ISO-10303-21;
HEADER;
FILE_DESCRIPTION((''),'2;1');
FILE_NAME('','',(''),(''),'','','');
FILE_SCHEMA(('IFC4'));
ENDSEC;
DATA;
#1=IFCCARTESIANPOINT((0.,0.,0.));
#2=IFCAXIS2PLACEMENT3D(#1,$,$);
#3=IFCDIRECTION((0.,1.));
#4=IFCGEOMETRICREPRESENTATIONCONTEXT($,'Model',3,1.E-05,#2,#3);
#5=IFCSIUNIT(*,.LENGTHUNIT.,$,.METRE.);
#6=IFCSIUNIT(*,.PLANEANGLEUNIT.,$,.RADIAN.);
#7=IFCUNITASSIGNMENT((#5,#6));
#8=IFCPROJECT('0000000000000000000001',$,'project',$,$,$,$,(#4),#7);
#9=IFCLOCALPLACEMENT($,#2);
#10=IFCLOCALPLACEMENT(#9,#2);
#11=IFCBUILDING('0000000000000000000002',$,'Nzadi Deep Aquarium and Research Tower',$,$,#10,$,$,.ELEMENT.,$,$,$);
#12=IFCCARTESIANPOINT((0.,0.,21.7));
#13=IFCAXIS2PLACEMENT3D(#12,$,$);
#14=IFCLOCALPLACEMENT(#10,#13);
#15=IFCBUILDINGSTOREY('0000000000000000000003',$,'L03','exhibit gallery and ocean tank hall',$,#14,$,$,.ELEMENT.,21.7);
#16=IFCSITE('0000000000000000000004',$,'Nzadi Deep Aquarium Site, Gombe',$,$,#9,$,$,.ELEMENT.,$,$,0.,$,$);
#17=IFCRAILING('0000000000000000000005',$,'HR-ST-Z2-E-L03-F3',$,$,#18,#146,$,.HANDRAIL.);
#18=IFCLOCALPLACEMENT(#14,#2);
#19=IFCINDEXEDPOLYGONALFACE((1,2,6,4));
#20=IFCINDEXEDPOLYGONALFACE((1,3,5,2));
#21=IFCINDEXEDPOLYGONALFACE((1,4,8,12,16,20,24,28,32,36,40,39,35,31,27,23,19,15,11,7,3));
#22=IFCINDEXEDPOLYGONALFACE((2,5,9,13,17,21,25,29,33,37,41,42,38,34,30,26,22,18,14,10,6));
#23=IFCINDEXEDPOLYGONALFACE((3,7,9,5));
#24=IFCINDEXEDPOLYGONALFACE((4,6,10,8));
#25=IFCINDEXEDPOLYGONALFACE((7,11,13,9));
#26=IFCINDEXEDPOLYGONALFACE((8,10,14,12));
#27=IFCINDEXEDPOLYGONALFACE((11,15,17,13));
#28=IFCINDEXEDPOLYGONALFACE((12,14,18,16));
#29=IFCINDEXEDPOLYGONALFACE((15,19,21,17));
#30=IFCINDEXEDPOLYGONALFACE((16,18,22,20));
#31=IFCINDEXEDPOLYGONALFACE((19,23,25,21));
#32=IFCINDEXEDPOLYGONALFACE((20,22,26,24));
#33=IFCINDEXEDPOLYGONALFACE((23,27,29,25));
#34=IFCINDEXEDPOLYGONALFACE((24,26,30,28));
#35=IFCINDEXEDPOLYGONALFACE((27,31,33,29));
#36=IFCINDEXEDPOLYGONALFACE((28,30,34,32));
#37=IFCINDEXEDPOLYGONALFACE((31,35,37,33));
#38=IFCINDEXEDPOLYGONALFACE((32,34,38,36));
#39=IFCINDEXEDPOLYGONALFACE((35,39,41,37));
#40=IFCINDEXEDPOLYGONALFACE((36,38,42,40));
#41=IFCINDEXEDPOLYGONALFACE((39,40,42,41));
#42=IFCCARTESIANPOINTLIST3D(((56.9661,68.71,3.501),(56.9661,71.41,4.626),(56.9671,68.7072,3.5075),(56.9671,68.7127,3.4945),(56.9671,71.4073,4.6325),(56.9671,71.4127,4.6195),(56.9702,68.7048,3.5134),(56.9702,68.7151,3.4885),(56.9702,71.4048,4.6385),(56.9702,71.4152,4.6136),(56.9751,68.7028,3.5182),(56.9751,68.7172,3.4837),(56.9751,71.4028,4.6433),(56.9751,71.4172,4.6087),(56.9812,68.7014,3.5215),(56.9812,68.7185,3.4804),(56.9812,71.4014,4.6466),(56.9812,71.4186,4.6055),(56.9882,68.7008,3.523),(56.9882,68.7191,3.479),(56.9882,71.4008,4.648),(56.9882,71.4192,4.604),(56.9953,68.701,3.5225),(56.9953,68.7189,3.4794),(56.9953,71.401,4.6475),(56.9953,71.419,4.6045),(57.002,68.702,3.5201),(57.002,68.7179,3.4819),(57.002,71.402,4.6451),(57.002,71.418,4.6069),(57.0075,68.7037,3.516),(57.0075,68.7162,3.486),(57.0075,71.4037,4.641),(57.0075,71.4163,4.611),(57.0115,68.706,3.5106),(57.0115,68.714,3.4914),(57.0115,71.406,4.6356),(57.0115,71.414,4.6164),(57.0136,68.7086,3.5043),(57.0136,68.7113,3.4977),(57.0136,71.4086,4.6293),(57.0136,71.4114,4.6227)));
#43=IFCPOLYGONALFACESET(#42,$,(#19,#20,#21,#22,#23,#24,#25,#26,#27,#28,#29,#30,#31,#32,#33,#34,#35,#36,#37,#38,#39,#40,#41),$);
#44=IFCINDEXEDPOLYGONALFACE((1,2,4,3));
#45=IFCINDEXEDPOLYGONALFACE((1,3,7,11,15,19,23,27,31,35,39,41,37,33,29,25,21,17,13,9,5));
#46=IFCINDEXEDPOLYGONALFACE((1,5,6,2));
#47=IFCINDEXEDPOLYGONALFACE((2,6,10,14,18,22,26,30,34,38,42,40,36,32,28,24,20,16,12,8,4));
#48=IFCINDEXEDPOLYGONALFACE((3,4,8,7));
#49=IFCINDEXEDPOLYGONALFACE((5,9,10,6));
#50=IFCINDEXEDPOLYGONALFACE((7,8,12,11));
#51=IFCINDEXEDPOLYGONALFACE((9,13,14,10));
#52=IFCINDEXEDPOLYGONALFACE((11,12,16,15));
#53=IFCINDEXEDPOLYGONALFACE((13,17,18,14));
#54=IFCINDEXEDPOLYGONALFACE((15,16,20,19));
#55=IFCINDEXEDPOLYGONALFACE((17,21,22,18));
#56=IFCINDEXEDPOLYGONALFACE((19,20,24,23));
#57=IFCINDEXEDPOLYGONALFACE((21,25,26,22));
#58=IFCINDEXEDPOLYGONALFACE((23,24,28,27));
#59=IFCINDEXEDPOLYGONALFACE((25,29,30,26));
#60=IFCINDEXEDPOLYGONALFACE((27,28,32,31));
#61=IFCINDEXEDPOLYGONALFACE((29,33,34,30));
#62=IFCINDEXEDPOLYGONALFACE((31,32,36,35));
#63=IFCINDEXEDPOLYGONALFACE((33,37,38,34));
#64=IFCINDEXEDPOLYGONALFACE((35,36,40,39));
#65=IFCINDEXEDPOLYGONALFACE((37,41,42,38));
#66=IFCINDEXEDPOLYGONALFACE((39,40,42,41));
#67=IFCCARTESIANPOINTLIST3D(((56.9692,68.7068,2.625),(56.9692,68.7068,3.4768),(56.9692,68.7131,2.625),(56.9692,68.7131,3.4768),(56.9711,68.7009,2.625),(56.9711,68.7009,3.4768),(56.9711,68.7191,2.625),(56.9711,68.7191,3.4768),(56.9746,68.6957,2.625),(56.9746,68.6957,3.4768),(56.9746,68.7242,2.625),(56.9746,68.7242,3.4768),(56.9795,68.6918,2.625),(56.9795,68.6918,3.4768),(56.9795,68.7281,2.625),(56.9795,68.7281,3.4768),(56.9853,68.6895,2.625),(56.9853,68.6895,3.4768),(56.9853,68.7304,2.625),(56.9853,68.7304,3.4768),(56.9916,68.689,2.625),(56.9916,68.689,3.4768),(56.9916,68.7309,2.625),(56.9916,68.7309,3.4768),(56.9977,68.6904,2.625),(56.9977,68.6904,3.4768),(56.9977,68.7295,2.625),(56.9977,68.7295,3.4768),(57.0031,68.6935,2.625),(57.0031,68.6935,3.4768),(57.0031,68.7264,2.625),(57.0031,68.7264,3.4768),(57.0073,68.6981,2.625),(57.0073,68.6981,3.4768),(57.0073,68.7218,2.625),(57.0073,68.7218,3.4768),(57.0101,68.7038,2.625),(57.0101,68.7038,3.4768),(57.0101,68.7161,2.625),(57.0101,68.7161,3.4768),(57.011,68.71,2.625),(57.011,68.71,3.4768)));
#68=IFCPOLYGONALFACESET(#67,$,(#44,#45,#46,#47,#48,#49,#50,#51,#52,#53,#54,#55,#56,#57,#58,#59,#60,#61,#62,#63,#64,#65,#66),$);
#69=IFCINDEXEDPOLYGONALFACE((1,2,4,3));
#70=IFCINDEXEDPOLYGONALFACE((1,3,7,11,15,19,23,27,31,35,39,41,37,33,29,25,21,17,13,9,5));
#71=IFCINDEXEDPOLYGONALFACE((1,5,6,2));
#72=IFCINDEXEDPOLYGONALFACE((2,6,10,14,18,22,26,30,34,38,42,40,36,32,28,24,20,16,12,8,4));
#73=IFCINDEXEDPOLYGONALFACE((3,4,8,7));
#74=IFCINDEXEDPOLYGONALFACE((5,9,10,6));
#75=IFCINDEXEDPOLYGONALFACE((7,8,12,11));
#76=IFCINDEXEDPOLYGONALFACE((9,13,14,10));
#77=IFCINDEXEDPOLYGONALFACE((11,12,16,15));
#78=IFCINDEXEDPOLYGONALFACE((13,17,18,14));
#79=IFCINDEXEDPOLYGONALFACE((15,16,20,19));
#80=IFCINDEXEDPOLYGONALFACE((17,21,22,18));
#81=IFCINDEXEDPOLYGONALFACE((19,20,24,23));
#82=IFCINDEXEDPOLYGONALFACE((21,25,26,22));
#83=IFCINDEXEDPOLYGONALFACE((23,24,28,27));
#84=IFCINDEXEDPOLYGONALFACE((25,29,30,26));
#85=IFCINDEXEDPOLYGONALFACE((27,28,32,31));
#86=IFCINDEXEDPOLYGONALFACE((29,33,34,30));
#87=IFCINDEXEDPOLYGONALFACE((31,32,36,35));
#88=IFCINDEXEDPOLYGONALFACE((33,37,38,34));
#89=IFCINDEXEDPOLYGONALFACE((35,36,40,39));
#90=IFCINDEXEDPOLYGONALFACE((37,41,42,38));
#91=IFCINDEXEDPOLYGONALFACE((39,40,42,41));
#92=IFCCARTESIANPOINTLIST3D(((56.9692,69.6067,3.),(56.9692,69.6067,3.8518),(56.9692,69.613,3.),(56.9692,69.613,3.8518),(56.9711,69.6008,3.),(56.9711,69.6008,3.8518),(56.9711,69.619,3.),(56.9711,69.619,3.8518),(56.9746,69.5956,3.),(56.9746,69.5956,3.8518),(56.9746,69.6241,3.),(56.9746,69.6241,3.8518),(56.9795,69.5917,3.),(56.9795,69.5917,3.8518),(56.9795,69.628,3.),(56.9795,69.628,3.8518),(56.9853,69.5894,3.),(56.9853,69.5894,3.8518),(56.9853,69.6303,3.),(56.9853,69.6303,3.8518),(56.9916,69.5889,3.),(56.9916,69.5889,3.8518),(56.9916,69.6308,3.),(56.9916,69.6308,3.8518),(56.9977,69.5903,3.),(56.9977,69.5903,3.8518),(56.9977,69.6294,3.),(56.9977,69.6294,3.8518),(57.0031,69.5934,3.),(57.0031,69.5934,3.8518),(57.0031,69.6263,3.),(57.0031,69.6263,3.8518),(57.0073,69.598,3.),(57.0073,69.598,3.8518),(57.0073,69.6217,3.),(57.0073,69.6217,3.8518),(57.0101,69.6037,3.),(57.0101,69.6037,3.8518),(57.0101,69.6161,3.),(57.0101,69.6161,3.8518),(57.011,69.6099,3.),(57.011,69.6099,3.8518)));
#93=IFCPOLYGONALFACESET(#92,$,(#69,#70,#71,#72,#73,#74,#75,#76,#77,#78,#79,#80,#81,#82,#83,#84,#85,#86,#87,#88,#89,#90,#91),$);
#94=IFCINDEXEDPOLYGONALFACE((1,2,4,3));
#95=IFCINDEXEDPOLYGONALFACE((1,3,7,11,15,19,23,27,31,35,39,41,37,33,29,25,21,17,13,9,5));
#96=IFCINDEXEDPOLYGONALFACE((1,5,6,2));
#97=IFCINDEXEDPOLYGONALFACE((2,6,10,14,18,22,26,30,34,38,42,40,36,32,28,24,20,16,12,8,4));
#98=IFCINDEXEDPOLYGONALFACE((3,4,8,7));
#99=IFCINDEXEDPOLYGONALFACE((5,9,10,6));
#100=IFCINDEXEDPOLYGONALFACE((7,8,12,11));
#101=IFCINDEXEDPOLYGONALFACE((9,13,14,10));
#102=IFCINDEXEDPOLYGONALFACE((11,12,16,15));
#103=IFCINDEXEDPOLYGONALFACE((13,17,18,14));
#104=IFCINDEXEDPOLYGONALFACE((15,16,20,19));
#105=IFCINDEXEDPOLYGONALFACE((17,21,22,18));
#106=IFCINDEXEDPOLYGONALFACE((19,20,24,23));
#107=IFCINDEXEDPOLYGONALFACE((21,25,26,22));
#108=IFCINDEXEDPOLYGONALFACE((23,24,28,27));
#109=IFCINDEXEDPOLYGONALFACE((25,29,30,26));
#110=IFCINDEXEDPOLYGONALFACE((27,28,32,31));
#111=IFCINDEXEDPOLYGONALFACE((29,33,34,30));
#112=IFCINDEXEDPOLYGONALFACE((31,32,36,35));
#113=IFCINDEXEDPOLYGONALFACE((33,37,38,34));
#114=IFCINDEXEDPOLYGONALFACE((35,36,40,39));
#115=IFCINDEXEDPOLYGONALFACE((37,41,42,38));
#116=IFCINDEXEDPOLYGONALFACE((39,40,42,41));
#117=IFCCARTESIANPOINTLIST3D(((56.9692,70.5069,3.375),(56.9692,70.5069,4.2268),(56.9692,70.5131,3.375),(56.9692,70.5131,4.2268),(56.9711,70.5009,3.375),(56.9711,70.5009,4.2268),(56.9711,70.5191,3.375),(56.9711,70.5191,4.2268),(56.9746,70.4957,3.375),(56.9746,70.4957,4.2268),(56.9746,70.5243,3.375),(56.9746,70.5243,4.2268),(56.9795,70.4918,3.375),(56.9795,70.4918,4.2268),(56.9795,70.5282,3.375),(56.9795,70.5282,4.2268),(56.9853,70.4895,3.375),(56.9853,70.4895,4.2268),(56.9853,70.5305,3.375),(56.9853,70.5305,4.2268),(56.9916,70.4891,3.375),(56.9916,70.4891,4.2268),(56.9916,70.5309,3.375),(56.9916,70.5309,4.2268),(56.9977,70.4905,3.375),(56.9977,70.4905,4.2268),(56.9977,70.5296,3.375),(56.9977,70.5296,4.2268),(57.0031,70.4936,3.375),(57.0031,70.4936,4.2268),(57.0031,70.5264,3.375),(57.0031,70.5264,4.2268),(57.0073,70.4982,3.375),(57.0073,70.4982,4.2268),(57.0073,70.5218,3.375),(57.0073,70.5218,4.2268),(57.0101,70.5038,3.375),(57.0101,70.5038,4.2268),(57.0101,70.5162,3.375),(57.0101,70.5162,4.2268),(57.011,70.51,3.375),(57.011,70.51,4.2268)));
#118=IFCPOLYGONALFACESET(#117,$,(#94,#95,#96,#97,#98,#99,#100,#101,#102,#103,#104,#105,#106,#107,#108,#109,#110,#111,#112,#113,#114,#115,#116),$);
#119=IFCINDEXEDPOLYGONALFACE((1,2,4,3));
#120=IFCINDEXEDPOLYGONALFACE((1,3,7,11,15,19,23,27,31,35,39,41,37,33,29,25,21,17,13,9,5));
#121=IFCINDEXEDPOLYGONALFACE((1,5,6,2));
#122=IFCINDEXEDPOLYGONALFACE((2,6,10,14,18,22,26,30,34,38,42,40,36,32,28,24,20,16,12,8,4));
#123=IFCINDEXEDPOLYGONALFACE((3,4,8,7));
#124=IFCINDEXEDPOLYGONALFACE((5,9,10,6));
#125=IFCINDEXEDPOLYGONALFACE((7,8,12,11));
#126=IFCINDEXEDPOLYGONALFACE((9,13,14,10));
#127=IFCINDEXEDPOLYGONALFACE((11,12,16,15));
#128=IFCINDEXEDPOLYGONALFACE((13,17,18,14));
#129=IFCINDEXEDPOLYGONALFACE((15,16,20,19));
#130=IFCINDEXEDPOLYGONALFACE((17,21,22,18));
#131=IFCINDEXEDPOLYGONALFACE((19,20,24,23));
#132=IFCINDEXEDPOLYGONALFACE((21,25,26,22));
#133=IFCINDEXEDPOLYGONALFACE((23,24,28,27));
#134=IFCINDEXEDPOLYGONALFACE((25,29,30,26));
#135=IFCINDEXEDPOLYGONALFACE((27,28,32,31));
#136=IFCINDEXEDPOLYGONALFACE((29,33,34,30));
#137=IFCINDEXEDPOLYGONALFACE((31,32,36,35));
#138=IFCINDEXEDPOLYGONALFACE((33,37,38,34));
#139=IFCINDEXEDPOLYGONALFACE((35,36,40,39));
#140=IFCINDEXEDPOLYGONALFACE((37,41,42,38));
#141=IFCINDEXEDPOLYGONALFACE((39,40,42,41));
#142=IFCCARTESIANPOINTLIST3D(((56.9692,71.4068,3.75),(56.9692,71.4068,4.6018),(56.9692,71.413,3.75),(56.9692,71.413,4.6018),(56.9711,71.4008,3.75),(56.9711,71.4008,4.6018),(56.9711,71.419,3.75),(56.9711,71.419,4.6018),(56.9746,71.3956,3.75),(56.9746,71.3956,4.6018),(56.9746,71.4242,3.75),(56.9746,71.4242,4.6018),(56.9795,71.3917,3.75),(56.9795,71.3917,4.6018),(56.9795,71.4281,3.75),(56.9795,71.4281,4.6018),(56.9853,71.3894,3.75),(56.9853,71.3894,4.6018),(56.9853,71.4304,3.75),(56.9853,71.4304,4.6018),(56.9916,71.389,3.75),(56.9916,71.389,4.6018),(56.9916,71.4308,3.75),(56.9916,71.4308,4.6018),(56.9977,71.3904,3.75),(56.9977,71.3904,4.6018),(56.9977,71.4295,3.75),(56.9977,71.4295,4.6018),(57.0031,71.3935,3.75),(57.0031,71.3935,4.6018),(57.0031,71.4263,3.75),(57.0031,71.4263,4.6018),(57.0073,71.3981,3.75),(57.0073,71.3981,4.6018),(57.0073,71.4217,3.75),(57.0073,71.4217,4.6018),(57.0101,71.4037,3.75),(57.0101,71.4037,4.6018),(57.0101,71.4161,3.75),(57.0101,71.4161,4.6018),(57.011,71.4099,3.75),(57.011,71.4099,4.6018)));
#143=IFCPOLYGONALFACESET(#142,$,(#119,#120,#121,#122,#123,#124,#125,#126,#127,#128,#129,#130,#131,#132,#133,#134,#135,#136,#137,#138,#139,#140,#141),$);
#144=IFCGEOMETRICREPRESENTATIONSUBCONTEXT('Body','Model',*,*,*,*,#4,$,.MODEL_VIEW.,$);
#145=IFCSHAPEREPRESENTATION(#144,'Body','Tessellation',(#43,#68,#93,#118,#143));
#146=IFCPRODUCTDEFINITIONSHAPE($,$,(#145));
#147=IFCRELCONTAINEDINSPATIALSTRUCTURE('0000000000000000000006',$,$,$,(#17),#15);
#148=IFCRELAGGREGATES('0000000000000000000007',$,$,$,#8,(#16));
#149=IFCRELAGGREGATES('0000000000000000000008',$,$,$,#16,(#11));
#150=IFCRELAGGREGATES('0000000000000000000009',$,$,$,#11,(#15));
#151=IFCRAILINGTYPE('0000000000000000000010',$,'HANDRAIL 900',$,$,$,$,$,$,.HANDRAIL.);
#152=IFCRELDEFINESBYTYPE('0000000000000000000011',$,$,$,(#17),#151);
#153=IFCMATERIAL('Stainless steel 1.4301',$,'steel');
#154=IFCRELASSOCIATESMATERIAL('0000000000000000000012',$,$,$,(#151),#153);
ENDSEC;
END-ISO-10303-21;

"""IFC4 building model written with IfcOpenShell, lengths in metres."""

from ifc_helpers import new_model, si_unit, direction, frame, origin, origin_2d, place, context, subcontext, project, spatial, circle, extrude, material, type_object, element, save


model = new_model("IFC4")

# Units and contexts
model_context = context("Model", 3, precision=1e-05, world=origin(), true_north=direction((0.0, 1.0)))
body_context = subcontext(model_context, "Body", "Model", "MODEL_VIEW")
ifc_project = project(units=[si_unit("LENGTHUNIT", "METRE"), si_unit("PLANEANGLEUNIT", "RADIAN")], contexts=[model_context])

# Site, building, storey
site_placement = place(None, origin())
site = spatial("IfcSite", under=ifc_project, at=site_placement, Name="Nzadi Deep Aquarium Site, Gombe", CompositionType="ELEMENT", RefElevation=0.0)
building_placement = place(site_placement, origin())
building = spatial("IfcBuilding", under=site, at=building_placement, Name="Nzadi Deep Aquarium and Research Tower", CompositionType="ELEMENT")
storey_placement = place(building_placement, frame((0.0, 0.0, 21.7)))
storey = spatial("IfcBuildingStorey", under=building, at=storey_placement, Name="L03", Description="exhibit gallery and ocean tank hall", CompositionType="ELEMENT", Elevation=21.7)

# Railing
ifc_material_1 = material(Name="Stainless steel 1.4301", Category="steel")
railing_type = type_object("IfcRailingType", Name="HANDRAIL 900", PredefinedType="HANDRAIL", material=ifc_material_1)
for number, where, name in (
    (1, (56.99, 68.71, 2.625), "HR-ST-Z2-E-L03-F3"),
):
    element("IfcRailing", number, at=place(storey_placement, frame(where)), inside=storey, type_object=railing_type, Name=name, PredefinedType="HANDRAIL", context=body_context, shape_type="SweptSolid", body=[
        extrude(circle(Radius=0.0239, at=origin_2d()), frame((0.0, 0.0, 0.876), z_axis=(0.0, 0.923074, 0.384621), x_axis=(-1.0, 0.0, 0.0)), (0.0, 0.0, 1.0), 2.925),
        extrude(circle(Radius=0.021, at=origin_2d()), origin(), (0.0, 0.0, 1.0), 0.8518),
        extrude(circle(Radius=0.021, at=origin_2d()), frame((0.0, 0.8999, 0.375)), (0.0, 0.0, 1.0), 0.8518),
        extrude(circle(Radius=0.021, at=origin_2d()), frame((0.0, 1.8, 0.75)), (0.0, 0.0, 1.0), 0.8518),
        extrude(circle(Radius=0.021, at=origin_2d()), frame((0.0, 2.7, 1.125)), (0.0, 0.0, 1.0), 0.8518),
    ])

save(model, "model.ifc")
